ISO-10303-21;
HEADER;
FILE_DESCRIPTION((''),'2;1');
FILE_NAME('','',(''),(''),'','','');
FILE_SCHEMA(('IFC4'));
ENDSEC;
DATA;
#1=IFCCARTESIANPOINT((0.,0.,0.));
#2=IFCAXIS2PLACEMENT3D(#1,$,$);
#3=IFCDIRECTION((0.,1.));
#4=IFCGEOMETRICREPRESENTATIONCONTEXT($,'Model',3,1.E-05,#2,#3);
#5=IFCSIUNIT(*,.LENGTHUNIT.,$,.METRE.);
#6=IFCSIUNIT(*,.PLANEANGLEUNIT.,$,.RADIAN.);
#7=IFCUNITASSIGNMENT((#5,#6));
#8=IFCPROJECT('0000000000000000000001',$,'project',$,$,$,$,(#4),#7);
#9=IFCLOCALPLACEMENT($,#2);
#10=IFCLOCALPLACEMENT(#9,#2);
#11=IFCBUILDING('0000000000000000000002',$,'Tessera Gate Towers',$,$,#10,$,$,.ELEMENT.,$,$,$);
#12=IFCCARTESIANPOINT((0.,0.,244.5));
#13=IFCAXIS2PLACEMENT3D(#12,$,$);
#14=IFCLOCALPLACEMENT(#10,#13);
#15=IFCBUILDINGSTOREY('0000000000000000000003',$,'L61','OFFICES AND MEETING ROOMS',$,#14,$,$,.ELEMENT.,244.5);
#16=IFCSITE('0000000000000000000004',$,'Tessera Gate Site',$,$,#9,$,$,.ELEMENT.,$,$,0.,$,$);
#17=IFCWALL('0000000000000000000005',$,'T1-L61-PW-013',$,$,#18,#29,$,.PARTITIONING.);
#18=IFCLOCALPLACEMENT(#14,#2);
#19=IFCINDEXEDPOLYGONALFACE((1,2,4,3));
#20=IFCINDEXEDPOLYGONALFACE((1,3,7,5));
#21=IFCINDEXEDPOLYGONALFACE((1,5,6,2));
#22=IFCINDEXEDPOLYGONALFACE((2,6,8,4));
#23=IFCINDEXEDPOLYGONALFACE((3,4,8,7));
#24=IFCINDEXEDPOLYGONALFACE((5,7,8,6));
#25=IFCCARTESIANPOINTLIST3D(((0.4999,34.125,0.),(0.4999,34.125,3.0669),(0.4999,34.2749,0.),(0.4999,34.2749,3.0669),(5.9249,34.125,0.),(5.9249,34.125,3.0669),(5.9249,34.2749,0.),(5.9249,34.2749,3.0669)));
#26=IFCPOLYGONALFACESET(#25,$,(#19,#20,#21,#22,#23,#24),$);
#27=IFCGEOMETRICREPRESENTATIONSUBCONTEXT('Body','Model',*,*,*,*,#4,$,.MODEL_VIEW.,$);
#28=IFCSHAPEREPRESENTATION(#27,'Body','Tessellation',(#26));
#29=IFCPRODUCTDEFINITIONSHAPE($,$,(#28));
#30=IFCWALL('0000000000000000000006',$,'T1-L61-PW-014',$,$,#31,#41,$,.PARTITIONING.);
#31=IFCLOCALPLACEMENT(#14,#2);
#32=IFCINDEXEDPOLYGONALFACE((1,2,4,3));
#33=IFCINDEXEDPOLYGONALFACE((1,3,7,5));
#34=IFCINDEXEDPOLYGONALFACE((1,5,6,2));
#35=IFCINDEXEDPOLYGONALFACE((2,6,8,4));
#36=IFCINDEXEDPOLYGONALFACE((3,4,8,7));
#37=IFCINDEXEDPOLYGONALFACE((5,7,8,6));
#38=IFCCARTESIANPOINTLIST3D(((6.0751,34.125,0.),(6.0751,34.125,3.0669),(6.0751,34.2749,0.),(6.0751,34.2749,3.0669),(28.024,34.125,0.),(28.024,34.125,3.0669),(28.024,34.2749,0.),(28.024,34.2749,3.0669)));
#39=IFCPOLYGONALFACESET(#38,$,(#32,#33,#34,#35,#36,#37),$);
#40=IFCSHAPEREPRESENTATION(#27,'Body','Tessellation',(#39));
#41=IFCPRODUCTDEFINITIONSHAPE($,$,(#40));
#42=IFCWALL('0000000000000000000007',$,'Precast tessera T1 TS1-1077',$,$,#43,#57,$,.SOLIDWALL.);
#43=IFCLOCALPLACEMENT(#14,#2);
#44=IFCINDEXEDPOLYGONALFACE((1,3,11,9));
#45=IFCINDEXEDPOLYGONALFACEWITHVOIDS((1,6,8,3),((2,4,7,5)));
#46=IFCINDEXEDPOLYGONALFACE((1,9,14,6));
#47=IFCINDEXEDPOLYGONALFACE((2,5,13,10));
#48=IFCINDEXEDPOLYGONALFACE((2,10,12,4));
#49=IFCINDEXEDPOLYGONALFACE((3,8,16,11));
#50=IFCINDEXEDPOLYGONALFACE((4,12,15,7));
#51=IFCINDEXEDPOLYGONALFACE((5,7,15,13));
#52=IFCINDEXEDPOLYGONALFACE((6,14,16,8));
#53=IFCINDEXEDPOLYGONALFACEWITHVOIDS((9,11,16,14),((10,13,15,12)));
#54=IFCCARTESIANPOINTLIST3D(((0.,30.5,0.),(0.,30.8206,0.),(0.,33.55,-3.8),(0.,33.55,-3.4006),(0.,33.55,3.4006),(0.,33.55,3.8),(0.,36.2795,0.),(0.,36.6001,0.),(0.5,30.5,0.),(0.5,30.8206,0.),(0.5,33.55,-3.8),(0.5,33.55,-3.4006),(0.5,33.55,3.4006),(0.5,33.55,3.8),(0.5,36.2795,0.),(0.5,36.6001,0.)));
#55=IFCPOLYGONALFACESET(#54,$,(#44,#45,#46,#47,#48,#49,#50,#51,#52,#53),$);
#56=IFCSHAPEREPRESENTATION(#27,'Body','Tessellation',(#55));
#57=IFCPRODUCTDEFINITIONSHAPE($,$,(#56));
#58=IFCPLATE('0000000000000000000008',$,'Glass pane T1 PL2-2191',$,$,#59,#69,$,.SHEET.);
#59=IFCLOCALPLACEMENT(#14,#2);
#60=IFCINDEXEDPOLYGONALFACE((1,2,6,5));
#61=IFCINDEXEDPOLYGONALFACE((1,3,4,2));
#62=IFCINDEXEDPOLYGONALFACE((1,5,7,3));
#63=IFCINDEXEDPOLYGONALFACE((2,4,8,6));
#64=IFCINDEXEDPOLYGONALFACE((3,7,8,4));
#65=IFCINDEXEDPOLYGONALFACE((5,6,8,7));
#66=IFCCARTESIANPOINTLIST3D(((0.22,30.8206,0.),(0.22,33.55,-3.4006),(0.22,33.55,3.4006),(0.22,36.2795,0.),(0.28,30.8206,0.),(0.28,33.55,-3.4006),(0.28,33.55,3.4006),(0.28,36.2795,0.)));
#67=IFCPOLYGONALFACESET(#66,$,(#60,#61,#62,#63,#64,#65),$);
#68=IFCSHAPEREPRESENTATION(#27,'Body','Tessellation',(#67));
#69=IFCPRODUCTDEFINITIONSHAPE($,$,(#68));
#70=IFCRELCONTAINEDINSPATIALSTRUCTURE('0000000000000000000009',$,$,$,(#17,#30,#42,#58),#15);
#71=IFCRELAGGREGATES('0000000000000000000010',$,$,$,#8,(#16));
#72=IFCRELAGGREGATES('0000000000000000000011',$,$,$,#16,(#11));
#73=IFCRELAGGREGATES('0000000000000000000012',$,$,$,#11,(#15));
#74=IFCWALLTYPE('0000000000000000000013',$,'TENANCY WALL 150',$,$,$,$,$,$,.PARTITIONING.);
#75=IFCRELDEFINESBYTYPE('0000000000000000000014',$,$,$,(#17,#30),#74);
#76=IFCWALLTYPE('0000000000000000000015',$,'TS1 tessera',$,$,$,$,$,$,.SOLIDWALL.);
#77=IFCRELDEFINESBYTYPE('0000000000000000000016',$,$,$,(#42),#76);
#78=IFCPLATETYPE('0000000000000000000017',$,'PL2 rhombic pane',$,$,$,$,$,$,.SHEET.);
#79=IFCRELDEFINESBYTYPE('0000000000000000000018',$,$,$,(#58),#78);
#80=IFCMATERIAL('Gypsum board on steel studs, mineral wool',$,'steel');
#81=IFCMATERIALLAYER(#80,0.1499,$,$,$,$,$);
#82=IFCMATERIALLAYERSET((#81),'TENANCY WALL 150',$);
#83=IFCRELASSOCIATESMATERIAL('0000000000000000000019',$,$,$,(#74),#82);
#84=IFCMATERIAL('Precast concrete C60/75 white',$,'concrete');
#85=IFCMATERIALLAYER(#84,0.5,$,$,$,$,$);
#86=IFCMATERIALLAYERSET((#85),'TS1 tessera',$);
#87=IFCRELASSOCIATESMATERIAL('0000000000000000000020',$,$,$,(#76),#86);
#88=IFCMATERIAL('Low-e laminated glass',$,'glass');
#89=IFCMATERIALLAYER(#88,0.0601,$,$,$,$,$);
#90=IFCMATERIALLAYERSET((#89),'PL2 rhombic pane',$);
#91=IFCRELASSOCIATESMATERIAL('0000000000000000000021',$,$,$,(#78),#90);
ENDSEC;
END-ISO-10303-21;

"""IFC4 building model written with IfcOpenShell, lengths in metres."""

from ifc_helpers import new_model, si_unit, direction, frame, frame_2d, origin, place, context, subcontext, project, spatial, polyline, rectangle, outline, extrude, source, transform, mapped, material, layer, layer_set, type_object, element, fill, save


model = new_model("IFC4")

# Units and contexts
model_context = context("Model", 3, precision=1e-05, world=origin(), true_north=direction((0.0, 1.0)))
body_context = subcontext(model_context, "Body", "Model", "MODEL_VIEW")
ifc_project = project(units=[si_unit("LENGTHUNIT", "METRE"), si_unit("PLANEANGLEUNIT", "RADIAN")], contexts=[model_context])

# Site, building, storey
site_placement = place(None, origin())
site = spatial("IfcSite", under=ifc_project, at=site_placement, Name="Tessera Gate Site", CompositionType="ELEMENT", RefElevation=0.0)
building_placement = place(site_placement, origin())
building = spatial("IfcBuilding", under=site, at=building_placement, Name="Tessera Gate Towers", CompositionType="ELEMENT")
storey_placement = place(building_placement, frame((0.0, 0.0, 244.5)))
storey = spatial("IfcBuildingStorey", under=building, at=storey_placement, Name="L61", Description="OFFICES AND MEETING ROOMS", CompositionType="ELEMENT", Elevation=244.5)

# Walls
ifc_material_1 = material(Name="Gypsum board on steel studs, mineral wool", Category="steel")
ifc_layer_1 = layer(ifc_material_1, 0.1499)
ifc_layer_set_1 = layer_set([ifc_layer_1], Name="TENANCY WALL 150")
wall_type_1 = type_object("IfcWallType", Name="TENANCY WALL 150", PredefinedType="PARTITIONING", material=ifc_layer_set_1)
wall_1_placement = place(storey_placement, frame((0.5, 34.2, 0.0), z_axis=(0.0, 0.0, 1.0), x_axis=(1.0, 0.0, 0.0)))
element("IfcWall", 1, at=wall_1_placement, inside=storey, type_object=wall_type_1, Name="T1-L61-PW-013", PredefinedType="PARTITIONING", context=body_context, shape_type="SweptSolid", body=[
    extrude(rectangle(XDim=5.425, YDim=0.1499, at=frame_2d((2.7124, 0.0))), origin(), (0.0, 0.0, 1.0), 3.0669),
])
wall_2_placement = place(storey_placement, frame((6.075, 34.2, 0.0), z_axis=(0.0, 0.0, 1.0), x_axis=(1.0, 0.0, 0.0)))
element("IfcWall", 2, at=wall_2_placement, inside=storey, type_object=wall_type_1, Name="T1-L61-PW-014", PredefinedType="PARTITIONING", context=body_context, shape_type="SweptSolid", body=[
    extrude(rectangle(XDim=21.949, YDim=0.1499, at=frame_2d((10.9746, 0.0))), origin(), (0.0, 0.0, 1.0), 3.0669),
])

# Wall, opening, plate
ifc_material_2 = material(Name="Precast concrete C60/75 white", Category="concrete")
ifc_layer_2 = layer(ifc_material_2, 0.5)
ifc_layer_set_2 = layer_set([ifc_layer_2], Name="TS1 tessera")
wall_type_2 = type_object("IfcWallType", Name="TS1 tessera", PredefinedType="SOLIDWALL", material=ifc_layer_set_2)
shared_shape_1 = source(origin(), body_context, "Body", "SweptSolid", [
    extrude(outline(polyline([(3.05, 0.0), (6.1001, 3.8), (3.05, 7.6001), (0.0, 3.8), (3.05, 0.0)])), frame((0.0, 0.25, 0.0), z_axis=(0.0, -1.0, 0.0), x_axis=(1.0, 0.0, 0.0)), (0.0, 0.0, 1.0), 0.5),
])
wall_3_placement = place(storey_placement, frame((0.25, 36.6001, -3.8), z_axis=(0.0, 0.0, 1.0), x_axis=(0.0, -1.0, 0.0)))
wall_3 = element("IfcWall", 3, at=wall_3_placement, inside=storey, type_object=wall_type_2, Name="Precast tessera T1 TS1-1077", PredefinedType="SOLIDWALL", context=body_context, shape_type="MappedRepresentation", body=[
    mapped(shared_shape_1, transform((0.0, 0.0, 0.0), scale=1.0)),
])
shared_shape_2 = source(origin(), body_context, "Body", "SweptSolid", [
    extrude(outline(polyline([(3.05, 0.3994), (5.7795, 3.8), (3.05, 7.2007), (0.3206, 3.8), (3.05, 0.3994)])), frame((0.0, 0.26, 0.0), z_axis=(0.0, -1.0, 0.0), x_axis=(1.0, 0.0, 0.0)), (0.0, 0.0, 1.0), 0.52),
])
opening_1_placement = place(wall_3_placement, origin())
opening_1 = element("IfcOpeningElement", 4, at=opening_1_placement, cuts=wall_3, PredefinedType="OPENING", context=body_context, shape_type="MappedRepresentation", body=[
    mapped(shared_shape_2, transform((0.0, 0.0, 0.0), scale=1.0)),
])
ifc_material_3 = material(Name="Low-e laminated glass", Category="glass")
ifc_layer_3 = layer(ifc_material_3, 0.0601)
ifc_layer_set_3 = layer_set([ifc_layer_3], Name="PL2 rhombic pane")
plate_type = type_object("IfcPlateType", Name="PL2 rhombic pane", PredefinedType="SHEET", material=ifc_layer_set_3)
shared_shape_3 = source(origin(), body_context, "Body", "SweptSolid", [
    extrude(outline(polyline([(3.05, 0.3994), (5.7795, 3.8), (3.05, 7.2007), (0.3206, 3.8), (3.05, 0.3994)])), frame((0.0, 0.03, 0.0), z_axis=(0.0, -1.0, 0.0), x_axis=(1.0, 0.0, 0.0)), (0.0, 0.0, 1.0), 0.0601),
])
plate_placement = place(opening_1_placement, origin())
plate = element("IfcPlate", 5, at=plate_placement, inside=storey, type_object=plate_type, Name="Glass pane T1 PL2-2191", PredefinedType="SHEET", context=body_context, shape_type="MappedRepresentation", body=[
    mapped(shared_shape_3, transform((0.0, 0.0, 0.0), scale=1.0)),
])
fill(opening_1, plate)

save(model, "model.ifc")
